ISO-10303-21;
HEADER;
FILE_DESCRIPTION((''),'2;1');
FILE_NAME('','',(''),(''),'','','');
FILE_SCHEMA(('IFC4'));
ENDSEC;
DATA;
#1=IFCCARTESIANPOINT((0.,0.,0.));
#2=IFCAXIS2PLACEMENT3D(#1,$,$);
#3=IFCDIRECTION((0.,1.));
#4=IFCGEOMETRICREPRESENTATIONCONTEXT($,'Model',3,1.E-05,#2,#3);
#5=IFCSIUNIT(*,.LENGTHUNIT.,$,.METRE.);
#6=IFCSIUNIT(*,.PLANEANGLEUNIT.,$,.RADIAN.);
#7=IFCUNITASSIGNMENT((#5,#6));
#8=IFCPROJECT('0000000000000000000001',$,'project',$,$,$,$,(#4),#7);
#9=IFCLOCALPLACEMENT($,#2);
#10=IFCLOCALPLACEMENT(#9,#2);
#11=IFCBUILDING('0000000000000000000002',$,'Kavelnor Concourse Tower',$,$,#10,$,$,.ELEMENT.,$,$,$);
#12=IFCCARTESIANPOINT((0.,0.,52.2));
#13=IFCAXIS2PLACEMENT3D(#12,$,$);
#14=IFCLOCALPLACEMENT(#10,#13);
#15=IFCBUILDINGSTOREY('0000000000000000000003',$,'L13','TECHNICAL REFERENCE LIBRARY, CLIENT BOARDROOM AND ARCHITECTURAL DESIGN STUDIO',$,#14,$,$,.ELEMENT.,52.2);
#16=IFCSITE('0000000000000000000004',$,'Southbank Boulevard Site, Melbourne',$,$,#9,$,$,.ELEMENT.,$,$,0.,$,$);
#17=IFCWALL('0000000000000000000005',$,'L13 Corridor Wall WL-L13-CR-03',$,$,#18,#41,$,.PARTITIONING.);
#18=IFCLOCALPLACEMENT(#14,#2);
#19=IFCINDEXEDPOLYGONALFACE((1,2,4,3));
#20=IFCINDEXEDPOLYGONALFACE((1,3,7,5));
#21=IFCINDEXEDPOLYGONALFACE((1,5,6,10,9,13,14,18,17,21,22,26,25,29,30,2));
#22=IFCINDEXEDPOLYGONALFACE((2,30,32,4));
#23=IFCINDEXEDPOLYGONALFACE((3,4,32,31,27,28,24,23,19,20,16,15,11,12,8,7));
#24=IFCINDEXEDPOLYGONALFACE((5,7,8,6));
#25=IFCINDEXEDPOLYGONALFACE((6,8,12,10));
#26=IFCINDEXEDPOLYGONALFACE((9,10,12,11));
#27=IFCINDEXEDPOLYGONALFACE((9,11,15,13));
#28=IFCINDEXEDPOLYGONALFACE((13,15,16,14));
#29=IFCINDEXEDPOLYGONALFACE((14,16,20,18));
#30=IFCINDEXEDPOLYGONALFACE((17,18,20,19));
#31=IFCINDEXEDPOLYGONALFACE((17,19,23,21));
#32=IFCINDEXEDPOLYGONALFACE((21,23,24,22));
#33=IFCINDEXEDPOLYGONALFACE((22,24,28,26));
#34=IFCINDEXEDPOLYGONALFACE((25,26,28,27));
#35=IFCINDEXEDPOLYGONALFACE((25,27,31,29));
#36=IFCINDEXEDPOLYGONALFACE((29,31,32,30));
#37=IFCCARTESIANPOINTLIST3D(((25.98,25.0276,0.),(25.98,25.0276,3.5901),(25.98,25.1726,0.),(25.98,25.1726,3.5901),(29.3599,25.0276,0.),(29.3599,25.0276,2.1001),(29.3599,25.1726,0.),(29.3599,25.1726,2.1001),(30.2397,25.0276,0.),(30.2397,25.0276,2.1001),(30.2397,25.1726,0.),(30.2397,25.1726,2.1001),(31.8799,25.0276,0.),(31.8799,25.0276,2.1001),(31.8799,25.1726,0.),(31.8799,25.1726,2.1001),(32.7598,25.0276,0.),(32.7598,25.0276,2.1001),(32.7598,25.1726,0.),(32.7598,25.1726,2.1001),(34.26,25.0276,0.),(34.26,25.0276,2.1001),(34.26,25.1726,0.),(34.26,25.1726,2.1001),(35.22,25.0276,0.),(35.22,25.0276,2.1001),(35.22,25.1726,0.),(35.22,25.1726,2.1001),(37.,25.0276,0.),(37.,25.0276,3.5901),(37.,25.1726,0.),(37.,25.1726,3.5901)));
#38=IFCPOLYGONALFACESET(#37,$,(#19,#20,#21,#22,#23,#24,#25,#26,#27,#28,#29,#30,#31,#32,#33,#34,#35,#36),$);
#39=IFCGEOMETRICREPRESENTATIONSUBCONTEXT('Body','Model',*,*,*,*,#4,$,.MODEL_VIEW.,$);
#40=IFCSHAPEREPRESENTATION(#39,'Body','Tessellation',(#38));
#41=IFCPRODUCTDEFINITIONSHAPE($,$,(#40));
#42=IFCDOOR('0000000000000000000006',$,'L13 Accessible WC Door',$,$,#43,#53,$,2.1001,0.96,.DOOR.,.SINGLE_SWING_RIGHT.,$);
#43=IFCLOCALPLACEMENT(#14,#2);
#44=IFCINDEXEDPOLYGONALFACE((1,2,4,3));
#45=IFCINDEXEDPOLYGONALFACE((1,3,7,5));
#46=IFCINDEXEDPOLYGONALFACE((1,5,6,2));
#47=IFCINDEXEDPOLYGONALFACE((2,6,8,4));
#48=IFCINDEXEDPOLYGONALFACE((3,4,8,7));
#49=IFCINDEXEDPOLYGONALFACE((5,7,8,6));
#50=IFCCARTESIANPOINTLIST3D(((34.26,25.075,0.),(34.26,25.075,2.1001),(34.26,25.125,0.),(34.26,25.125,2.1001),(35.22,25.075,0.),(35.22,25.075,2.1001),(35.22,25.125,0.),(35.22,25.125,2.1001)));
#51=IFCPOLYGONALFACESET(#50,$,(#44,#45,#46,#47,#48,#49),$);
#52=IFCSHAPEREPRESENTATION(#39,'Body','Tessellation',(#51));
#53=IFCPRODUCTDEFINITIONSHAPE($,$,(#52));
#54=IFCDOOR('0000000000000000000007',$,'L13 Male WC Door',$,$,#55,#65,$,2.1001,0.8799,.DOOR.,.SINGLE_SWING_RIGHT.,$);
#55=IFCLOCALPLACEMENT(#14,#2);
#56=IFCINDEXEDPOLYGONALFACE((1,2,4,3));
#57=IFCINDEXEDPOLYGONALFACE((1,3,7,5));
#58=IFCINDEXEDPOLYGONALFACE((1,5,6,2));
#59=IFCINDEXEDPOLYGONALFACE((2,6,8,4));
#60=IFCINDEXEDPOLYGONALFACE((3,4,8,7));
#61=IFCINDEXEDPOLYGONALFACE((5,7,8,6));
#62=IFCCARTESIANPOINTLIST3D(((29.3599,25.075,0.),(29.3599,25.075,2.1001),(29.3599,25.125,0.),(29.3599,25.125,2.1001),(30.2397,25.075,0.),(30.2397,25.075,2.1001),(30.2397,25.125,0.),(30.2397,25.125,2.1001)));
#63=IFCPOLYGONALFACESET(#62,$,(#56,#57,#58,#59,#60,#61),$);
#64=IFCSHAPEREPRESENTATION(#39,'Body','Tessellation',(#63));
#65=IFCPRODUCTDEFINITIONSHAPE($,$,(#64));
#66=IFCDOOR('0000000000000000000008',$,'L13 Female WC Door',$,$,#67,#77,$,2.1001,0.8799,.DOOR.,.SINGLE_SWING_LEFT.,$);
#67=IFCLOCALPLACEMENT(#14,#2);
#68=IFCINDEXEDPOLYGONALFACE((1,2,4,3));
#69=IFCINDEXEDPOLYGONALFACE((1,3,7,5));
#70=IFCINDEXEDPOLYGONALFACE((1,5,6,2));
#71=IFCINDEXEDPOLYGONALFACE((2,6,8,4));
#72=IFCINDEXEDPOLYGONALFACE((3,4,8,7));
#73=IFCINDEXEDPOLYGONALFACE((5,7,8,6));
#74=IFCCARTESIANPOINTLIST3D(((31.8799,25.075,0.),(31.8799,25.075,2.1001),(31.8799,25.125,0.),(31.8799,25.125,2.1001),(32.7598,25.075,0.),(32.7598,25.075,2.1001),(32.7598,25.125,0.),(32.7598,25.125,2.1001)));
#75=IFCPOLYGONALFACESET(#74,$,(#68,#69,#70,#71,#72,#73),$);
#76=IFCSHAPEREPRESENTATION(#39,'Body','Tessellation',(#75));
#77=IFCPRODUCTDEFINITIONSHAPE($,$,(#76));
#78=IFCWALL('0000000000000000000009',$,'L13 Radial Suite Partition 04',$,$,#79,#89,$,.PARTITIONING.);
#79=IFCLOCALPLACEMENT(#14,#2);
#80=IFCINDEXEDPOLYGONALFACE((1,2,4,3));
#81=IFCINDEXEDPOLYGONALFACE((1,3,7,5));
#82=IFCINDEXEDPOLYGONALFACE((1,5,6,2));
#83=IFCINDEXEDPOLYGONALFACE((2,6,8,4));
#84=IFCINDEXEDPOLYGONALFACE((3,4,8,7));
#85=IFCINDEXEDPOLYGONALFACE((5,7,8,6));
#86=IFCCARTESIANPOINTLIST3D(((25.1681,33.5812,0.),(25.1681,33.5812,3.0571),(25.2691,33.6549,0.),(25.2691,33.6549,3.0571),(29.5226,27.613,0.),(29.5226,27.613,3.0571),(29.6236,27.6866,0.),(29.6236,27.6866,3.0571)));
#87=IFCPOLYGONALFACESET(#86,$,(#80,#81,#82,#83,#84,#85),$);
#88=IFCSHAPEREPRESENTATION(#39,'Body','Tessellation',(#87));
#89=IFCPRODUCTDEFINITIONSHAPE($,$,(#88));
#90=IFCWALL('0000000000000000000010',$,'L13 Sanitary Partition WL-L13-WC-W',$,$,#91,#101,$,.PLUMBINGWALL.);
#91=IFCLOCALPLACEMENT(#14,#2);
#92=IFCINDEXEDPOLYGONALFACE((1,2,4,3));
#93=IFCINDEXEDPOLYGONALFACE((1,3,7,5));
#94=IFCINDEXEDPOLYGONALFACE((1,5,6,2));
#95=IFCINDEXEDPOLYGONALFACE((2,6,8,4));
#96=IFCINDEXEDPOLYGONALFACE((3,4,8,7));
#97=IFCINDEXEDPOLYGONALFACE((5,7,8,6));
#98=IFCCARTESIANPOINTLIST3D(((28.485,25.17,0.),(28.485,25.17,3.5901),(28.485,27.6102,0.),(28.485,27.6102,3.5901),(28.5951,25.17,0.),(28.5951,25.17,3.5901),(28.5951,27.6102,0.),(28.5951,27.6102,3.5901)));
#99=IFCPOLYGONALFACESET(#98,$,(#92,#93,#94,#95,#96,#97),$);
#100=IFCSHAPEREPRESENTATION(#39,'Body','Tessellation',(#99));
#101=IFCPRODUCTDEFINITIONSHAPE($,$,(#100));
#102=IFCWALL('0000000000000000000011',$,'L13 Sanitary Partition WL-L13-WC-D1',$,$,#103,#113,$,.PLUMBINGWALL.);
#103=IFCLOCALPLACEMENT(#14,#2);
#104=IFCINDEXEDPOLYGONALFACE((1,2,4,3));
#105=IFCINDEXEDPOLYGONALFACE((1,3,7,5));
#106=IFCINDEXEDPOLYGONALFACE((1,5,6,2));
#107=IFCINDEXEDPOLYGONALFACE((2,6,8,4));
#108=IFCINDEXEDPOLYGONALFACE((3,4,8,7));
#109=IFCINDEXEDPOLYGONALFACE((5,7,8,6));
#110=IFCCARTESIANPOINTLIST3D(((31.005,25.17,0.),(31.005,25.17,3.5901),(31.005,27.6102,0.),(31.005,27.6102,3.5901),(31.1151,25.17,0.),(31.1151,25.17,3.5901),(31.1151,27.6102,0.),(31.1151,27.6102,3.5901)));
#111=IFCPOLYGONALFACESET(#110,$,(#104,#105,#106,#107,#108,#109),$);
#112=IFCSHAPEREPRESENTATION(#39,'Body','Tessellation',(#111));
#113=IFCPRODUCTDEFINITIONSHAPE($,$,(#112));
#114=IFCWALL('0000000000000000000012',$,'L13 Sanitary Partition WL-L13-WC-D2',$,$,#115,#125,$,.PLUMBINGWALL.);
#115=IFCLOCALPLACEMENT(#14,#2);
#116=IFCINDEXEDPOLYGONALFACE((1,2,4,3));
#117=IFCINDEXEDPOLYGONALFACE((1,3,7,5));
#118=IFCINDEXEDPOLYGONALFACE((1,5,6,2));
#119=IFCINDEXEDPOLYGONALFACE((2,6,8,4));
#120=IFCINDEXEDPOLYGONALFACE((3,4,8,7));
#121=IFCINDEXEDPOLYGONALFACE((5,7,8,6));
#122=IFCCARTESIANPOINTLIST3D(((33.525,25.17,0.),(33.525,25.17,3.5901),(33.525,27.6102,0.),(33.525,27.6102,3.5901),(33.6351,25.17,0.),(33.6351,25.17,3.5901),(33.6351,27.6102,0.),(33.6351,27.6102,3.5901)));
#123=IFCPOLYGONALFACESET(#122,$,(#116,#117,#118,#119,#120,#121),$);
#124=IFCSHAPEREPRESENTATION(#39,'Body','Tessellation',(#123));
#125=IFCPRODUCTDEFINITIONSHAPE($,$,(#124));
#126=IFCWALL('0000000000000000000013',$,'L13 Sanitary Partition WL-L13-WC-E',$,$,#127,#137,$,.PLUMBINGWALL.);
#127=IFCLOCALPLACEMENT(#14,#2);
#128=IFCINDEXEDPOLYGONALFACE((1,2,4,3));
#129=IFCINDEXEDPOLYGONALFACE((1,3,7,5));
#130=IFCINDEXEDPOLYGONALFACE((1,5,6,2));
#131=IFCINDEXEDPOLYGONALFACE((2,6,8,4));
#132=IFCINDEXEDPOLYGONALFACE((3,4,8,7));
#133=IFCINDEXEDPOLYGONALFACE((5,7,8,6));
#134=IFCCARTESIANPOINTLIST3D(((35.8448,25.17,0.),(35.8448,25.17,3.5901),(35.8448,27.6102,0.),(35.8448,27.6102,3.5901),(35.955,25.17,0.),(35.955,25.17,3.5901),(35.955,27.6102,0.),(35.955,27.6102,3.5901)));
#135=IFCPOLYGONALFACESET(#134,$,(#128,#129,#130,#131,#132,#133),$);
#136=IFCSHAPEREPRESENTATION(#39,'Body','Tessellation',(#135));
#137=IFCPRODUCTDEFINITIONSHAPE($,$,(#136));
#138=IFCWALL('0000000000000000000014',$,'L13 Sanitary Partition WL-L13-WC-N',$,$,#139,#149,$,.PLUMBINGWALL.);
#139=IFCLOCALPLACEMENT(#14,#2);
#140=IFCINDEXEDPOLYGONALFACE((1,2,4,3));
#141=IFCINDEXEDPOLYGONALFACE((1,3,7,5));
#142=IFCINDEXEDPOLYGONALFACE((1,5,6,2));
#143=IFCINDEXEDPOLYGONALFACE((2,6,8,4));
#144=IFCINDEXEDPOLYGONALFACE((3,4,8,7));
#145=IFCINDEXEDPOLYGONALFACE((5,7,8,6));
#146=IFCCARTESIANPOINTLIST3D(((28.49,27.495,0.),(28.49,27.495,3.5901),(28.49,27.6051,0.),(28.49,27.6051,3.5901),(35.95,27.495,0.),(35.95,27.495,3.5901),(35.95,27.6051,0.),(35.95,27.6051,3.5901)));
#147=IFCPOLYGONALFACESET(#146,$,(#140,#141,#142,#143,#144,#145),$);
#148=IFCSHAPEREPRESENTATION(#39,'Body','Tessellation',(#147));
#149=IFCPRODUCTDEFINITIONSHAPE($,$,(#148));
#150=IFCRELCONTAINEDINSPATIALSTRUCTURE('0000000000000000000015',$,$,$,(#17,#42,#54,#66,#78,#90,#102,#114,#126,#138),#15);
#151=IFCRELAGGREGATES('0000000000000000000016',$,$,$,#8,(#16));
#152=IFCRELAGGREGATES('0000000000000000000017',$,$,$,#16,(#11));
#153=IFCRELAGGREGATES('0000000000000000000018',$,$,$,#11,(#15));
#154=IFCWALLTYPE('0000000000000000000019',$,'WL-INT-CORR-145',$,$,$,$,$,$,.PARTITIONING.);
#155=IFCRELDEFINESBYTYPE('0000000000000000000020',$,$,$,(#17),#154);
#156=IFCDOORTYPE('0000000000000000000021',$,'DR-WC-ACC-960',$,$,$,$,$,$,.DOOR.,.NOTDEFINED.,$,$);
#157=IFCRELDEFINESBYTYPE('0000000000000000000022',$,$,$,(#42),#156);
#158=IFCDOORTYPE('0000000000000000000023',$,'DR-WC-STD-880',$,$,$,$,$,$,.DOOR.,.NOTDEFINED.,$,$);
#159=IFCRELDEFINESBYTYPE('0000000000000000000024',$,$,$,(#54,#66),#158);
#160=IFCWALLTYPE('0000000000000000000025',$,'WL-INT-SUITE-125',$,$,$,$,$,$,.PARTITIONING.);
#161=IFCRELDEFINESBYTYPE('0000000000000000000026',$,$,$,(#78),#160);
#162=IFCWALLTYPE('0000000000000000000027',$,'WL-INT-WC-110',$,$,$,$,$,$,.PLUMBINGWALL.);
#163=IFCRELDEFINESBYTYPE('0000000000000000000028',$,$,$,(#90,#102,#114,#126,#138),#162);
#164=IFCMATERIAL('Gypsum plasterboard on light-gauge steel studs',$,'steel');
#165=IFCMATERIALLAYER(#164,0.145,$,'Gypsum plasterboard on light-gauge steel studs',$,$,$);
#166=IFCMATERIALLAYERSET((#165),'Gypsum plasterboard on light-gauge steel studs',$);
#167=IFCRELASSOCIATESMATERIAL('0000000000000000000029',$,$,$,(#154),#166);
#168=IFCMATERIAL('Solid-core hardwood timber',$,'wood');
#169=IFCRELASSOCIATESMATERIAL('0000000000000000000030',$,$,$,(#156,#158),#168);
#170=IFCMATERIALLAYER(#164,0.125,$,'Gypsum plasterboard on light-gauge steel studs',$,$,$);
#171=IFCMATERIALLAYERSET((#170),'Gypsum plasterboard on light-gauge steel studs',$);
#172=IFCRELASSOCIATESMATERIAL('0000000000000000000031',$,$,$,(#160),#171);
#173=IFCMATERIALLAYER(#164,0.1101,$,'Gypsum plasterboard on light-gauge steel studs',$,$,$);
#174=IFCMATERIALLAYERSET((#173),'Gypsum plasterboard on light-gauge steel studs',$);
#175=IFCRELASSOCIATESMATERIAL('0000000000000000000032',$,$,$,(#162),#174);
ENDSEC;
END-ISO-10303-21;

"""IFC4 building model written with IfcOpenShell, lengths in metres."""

from ifc_helpers import new_model, si_unit, direction, frame, frame_2d, origin, place, context, subcontext, project, spatial, rectangle, extrude, material, layer, layer_set, type_object, element, fill, save


model = new_model("IFC4")

# Units and contexts
model_context = context("Model", 3, precision=1e-05, world=origin(), true_north=direction((0.0, 1.0)))
body_context = subcontext(model_context, "Body", "Model", "MODEL_VIEW")
ifc_project = project(units=[si_unit("LENGTHUNIT", "METRE"), si_unit("PLANEANGLEUNIT", "RADIAN")], contexts=[model_context])

# Site, building, storey
site_placement = place(None, origin())
site = spatial("IfcSite", under=ifc_project, at=site_placement, Name="Southbank Boulevard Site, Melbourne", CompositionType="ELEMENT", RefElevation=0.0)
building_placement = place(site_placement, origin())
building = spatial("IfcBuilding", under=site, at=building_placement, Name="Kavelnor Concourse Tower", CompositionType="ELEMENT")
storey_placement = place(building_placement, frame((0.0, 0.0, 52.2)))
storey = spatial("IfcBuildingStorey", under=building, at=storey_placement, Name="L13", Description="TECHNICAL REFERENCE LIBRARY, CLIENT BOARDROOM AND ARCHITECTURAL DESIGN STUDIO", CompositionType="ELEMENT", Elevation=52.2)

# Wall, openings, doors
ifc_material_1 = material(Name="Gypsum plasterboard on light-gauge steel studs", Category="steel")
ifc_layer_1 = layer(ifc_material_1, 0.145, Name="Gypsum plasterboard on light-gauge steel studs")
ifc_layer_set_1 = layer_set([ifc_layer_1], Name="Gypsum plasterboard on light-gauge steel studs")
wall_type_1 = type_object("IfcWallType", Name="WL-INT-CORR-145", PredefinedType="PARTITIONING", material=ifc_layer_set_1)
wall_1_placement = place(storey_placement, frame((25.98, 25.1001, 0.0), z_axis=(0.0, 0.0, 1.0), x_axis=(1.0, 0.0, 0.0)))
wall_1 = element("IfcWall", 1, at=wall_1_placement, inside=storey, type_object=wall_type_1, Name="L13 Corridor Wall WL-L13-CR-03", PredefinedType="PARTITIONING", context=body_context, shape_type="SweptSolid", body=[
    extrude(rectangle(XDim=11.02, YDim=0.145, at=frame_2d((5.51, 0.0))), origin(), (0.0, 0.0, 1.0), 3.5901),
])
opening_1_placement = place(wall_1_placement, frame((3.3799, 0.0, 0.0)))
opening_1 = element("IfcOpeningElement", 2, at=opening_1_placement, cuts=wall_1, PredefinedType="OPENING", context=body_context, shape_type="SweptSolid", body=[
    extrude(rectangle(XDim=0.8799, YDim=2.1001, at=frame_2d((0.4399, 1.05))), frame((0.0, 0.0825, 0.0), z_axis=(0.0, -1.0, 0.0), x_axis=(1.0, 0.0, 0.0)), (0.0, 0.0, 1.0), 0.165),
])
opening_2_placement = place(wall_1_placement, frame((5.8999, 0.0, 0.0)))
opening_2 = element("IfcOpeningElement", 3, at=opening_2_placement, cuts=wall_1, PredefinedType="OPENING", context=body_context, shape_type="SweptSolid", body=[
    extrude(rectangle(XDim=0.8799, YDim=2.1001, at=frame_2d((0.4399, 1.05))), frame((0.0, 0.0825, 0.0), z_axis=(0.0, -1.0, 0.0), x_axis=(1.0, 0.0, 0.0)), (0.0, 0.0, 1.0), 0.165),
])
opening_3_placement = place(wall_1_placement, frame((8.28, 0.0, 0.0)))
opening_3 = element("IfcOpeningElement", 4, at=opening_3_placement, cuts=wall_1, PredefinedType="OPENING", context=body_context, shape_type="SweptSolid", body=[
    extrude(rectangle(XDim=0.96, YDim=2.1001, at=frame_2d((0.48, 1.05))), frame((0.0, 0.0825, 0.0), z_axis=(0.0, -1.0, 0.0), x_axis=(1.0, 0.0, 0.0)), (0.0, 0.0, 1.0), 0.165),
])
ifc_material_2 = material(Name="Solid-core hardwood timber", Category="wood")
door_type_1 = type_object("IfcDoorType", Name="DR-WC-ACC-960", OperationType="NOTDEFINED", PredefinedType="DOOR", material=ifc_material_2)
door_1_placement = place(opening_3_placement, origin())
door_1 = element("IfcDoor", 5, at=door_1_placement, inside=storey, type_object=door_type_1, Name="L13 Accessible WC Door", OperationType="SINGLE_SWING_RIGHT", OverallHeight=2.1001, OverallWidth=0.96, PredefinedType="DOOR", context=body_context, shape_type="SweptSolid", body=[
    extrude(rectangle(XDim=0.96, YDim=2.1001, at=frame_2d((0.48, 1.05))), frame((0.0, 0.0249, 0.0), z_axis=(0.0, -1.0, 0.0), x_axis=(1.0, 0.0, 0.0)), (0.0, 0.0, 1.0), 0.05),
])
fill(opening_3, door_1)
door_type_2 = type_object("IfcDoorType", Name="DR-WC-STD-880", OperationType="NOTDEFINED", PredefinedType="DOOR", material=ifc_material_2)
door_2_placement = place(opening_1_placement, origin())
door_2 = element("IfcDoor", 6, at=door_2_placement, inside=storey, type_object=door_type_2, Name="L13 Male WC Door", OperationType="SINGLE_SWING_RIGHT", OverallHeight=2.1001, OverallWidth=0.8799, PredefinedType="DOOR", context=body_context, shape_type="SweptSolid", body=[
    extrude(rectangle(XDim=0.8799, YDim=2.1001, at=frame_2d((0.4399, 1.05))), frame((0.0, 0.0249, 0.0), z_axis=(0.0, -1.0, 0.0), x_axis=(1.0, 0.0, 0.0)), (0.0, 0.0, 1.0), 0.05),
])
fill(opening_1, door_2)
door_3_placement = place(opening_2_placement, origin())
door_3 = element("IfcDoor", 7, at=door_3_placement, inside=storey, type_object=door_type_2, Name="L13 Female WC Door", OperationType="SINGLE_SWING_LEFT", OverallHeight=2.1001, OverallWidth=0.8799, PredefinedType="DOOR", context=body_context, shape_type="SweptSolid", body=[
    extrude(rectangle(XDim=0.8799, YDim=2.1001, at=frame_2d((0.4399, 1.05))), frame((0.0, 0.0249, 0.0), z_axis=(0.0, -1.0, 0.0), x_axis=(1.0, 0.0, 0.0)), (0.0, 0.0, 1.0), 0.05),
])
fill(opening_2, door_3)

# Walls
ifc_layer_2 = layer(ifc_material_1, 0.125, Name="Gypsum plasterboard on light-gauge steel studs")
ifc_layer_set_2 = layer_set([ifc_layer_2], Name="Gypsum plasterboard on light-gauge steel studs")
wall_type_2 = type_object("IfcWallType", Name="WL-INT-SUITE-125", PredefinedType="PARTITIONING", material=ifc_layer_set_2)
wall_2_placement = place(storey_placement, frame((29.573, 27.6499, 0.0), z_axis=(0.0, 0.0, 1.0), x_axis=(-0.589405, 0.807838, 0.0)))
element("IfcWall", 8, at=wall_2_placement, inside=storey, type_object=wall_type_2, Name="L13 Radial Suite Partition 04", PredefinedType="PARTITIONING", context=body_context, shape_type="SweptSolid", body=[
    extrude(rectangle(XDim=7.3879, YDim=0.125, at=frame_2d((3.6938, 0.0))), origin(), (0.0, 0.0, 1.0), 3.0571),
])
ifc_layer_3 = layer(ifc_material_1, 0.1101, Name="Gypsum plasterboard on light-gauge steel studs")
ifc_layer_set_3 = layer_set([ifc_layer_3], Name="Gypsum plasterboard on light-gauge steel studs")
wall_type_3 = type_object("IfcWallType", Name="WL-INT-WC-110", PredefinedType="PLUMBINGWALL", material=ifc_layer_set_3)
for number, where, z_axis, x_axis, name in (
    (9, (28.54, 25.1699, 0.0), (0.0, 0.0, 1.0), (0.0, 1.0, 0.0), "L13 Sanitary Partition WL-L13-WC-W"),
    (10, (31.0601, 25.1699, 0.0), (0.0, 0.0, 1.0), (0.0, 1.0, 0.0), "L13 Sanitary Partition WL-L13-WC-D1"),
    (11, (33.5801, 25.1699, 0.0), (0.0, 0.0, 1.0), (0.0, 1.0, 0.0), "L13 Sanitary Partition WL-L13-WC-D2"),
    (12, (35.8999, 25.1699, 0.0), (0.0, 0.0, 1.0), (0.0, 1.0, 0.0), "L13 Sanitary Partition WL-L13-WC-E"),
):
    element("IfcWall", number, at=place(storey_placement, frame(where, z_axis=z_axis, x_axis=x_axis)), inside=storey, type_object=wall_type_3, Name=name, PredefinedType="PLUMBINGWALL", context=body_context, shape_type="SweptSolid", body=[
        extrude(rectangle(XDim=2.4402, YDim=0.1101, at=frame_2d((1.2202, 0.0))), origin(), (0.0, 0.0, 1.0), 3.5901),
    ])
wall_3_placement = place(storey_placement, frame((28.49, 27.55, 0.0), z_axis=(0.0, 0.0, 1.0), x_axis=(1.0, 0.0, 0.0)))
element("IfcWall", 13, at=wall_3_placement, inside=storey, type_object=wall_type_3, Name="L13 Sanitary Partition WL-L13-WC-N", PredefinedType="PLUMBINGWALL", context=body_context, shape_type="SweptSolid", body=[
    extrude(rectangle(XDim=7.46, YDim=0.1101, at=frame_2d((3.73, 0.0))), origin(), (0.0, 0.0, 1.0), 3.5901),
])

save(model, "model.ifc")
